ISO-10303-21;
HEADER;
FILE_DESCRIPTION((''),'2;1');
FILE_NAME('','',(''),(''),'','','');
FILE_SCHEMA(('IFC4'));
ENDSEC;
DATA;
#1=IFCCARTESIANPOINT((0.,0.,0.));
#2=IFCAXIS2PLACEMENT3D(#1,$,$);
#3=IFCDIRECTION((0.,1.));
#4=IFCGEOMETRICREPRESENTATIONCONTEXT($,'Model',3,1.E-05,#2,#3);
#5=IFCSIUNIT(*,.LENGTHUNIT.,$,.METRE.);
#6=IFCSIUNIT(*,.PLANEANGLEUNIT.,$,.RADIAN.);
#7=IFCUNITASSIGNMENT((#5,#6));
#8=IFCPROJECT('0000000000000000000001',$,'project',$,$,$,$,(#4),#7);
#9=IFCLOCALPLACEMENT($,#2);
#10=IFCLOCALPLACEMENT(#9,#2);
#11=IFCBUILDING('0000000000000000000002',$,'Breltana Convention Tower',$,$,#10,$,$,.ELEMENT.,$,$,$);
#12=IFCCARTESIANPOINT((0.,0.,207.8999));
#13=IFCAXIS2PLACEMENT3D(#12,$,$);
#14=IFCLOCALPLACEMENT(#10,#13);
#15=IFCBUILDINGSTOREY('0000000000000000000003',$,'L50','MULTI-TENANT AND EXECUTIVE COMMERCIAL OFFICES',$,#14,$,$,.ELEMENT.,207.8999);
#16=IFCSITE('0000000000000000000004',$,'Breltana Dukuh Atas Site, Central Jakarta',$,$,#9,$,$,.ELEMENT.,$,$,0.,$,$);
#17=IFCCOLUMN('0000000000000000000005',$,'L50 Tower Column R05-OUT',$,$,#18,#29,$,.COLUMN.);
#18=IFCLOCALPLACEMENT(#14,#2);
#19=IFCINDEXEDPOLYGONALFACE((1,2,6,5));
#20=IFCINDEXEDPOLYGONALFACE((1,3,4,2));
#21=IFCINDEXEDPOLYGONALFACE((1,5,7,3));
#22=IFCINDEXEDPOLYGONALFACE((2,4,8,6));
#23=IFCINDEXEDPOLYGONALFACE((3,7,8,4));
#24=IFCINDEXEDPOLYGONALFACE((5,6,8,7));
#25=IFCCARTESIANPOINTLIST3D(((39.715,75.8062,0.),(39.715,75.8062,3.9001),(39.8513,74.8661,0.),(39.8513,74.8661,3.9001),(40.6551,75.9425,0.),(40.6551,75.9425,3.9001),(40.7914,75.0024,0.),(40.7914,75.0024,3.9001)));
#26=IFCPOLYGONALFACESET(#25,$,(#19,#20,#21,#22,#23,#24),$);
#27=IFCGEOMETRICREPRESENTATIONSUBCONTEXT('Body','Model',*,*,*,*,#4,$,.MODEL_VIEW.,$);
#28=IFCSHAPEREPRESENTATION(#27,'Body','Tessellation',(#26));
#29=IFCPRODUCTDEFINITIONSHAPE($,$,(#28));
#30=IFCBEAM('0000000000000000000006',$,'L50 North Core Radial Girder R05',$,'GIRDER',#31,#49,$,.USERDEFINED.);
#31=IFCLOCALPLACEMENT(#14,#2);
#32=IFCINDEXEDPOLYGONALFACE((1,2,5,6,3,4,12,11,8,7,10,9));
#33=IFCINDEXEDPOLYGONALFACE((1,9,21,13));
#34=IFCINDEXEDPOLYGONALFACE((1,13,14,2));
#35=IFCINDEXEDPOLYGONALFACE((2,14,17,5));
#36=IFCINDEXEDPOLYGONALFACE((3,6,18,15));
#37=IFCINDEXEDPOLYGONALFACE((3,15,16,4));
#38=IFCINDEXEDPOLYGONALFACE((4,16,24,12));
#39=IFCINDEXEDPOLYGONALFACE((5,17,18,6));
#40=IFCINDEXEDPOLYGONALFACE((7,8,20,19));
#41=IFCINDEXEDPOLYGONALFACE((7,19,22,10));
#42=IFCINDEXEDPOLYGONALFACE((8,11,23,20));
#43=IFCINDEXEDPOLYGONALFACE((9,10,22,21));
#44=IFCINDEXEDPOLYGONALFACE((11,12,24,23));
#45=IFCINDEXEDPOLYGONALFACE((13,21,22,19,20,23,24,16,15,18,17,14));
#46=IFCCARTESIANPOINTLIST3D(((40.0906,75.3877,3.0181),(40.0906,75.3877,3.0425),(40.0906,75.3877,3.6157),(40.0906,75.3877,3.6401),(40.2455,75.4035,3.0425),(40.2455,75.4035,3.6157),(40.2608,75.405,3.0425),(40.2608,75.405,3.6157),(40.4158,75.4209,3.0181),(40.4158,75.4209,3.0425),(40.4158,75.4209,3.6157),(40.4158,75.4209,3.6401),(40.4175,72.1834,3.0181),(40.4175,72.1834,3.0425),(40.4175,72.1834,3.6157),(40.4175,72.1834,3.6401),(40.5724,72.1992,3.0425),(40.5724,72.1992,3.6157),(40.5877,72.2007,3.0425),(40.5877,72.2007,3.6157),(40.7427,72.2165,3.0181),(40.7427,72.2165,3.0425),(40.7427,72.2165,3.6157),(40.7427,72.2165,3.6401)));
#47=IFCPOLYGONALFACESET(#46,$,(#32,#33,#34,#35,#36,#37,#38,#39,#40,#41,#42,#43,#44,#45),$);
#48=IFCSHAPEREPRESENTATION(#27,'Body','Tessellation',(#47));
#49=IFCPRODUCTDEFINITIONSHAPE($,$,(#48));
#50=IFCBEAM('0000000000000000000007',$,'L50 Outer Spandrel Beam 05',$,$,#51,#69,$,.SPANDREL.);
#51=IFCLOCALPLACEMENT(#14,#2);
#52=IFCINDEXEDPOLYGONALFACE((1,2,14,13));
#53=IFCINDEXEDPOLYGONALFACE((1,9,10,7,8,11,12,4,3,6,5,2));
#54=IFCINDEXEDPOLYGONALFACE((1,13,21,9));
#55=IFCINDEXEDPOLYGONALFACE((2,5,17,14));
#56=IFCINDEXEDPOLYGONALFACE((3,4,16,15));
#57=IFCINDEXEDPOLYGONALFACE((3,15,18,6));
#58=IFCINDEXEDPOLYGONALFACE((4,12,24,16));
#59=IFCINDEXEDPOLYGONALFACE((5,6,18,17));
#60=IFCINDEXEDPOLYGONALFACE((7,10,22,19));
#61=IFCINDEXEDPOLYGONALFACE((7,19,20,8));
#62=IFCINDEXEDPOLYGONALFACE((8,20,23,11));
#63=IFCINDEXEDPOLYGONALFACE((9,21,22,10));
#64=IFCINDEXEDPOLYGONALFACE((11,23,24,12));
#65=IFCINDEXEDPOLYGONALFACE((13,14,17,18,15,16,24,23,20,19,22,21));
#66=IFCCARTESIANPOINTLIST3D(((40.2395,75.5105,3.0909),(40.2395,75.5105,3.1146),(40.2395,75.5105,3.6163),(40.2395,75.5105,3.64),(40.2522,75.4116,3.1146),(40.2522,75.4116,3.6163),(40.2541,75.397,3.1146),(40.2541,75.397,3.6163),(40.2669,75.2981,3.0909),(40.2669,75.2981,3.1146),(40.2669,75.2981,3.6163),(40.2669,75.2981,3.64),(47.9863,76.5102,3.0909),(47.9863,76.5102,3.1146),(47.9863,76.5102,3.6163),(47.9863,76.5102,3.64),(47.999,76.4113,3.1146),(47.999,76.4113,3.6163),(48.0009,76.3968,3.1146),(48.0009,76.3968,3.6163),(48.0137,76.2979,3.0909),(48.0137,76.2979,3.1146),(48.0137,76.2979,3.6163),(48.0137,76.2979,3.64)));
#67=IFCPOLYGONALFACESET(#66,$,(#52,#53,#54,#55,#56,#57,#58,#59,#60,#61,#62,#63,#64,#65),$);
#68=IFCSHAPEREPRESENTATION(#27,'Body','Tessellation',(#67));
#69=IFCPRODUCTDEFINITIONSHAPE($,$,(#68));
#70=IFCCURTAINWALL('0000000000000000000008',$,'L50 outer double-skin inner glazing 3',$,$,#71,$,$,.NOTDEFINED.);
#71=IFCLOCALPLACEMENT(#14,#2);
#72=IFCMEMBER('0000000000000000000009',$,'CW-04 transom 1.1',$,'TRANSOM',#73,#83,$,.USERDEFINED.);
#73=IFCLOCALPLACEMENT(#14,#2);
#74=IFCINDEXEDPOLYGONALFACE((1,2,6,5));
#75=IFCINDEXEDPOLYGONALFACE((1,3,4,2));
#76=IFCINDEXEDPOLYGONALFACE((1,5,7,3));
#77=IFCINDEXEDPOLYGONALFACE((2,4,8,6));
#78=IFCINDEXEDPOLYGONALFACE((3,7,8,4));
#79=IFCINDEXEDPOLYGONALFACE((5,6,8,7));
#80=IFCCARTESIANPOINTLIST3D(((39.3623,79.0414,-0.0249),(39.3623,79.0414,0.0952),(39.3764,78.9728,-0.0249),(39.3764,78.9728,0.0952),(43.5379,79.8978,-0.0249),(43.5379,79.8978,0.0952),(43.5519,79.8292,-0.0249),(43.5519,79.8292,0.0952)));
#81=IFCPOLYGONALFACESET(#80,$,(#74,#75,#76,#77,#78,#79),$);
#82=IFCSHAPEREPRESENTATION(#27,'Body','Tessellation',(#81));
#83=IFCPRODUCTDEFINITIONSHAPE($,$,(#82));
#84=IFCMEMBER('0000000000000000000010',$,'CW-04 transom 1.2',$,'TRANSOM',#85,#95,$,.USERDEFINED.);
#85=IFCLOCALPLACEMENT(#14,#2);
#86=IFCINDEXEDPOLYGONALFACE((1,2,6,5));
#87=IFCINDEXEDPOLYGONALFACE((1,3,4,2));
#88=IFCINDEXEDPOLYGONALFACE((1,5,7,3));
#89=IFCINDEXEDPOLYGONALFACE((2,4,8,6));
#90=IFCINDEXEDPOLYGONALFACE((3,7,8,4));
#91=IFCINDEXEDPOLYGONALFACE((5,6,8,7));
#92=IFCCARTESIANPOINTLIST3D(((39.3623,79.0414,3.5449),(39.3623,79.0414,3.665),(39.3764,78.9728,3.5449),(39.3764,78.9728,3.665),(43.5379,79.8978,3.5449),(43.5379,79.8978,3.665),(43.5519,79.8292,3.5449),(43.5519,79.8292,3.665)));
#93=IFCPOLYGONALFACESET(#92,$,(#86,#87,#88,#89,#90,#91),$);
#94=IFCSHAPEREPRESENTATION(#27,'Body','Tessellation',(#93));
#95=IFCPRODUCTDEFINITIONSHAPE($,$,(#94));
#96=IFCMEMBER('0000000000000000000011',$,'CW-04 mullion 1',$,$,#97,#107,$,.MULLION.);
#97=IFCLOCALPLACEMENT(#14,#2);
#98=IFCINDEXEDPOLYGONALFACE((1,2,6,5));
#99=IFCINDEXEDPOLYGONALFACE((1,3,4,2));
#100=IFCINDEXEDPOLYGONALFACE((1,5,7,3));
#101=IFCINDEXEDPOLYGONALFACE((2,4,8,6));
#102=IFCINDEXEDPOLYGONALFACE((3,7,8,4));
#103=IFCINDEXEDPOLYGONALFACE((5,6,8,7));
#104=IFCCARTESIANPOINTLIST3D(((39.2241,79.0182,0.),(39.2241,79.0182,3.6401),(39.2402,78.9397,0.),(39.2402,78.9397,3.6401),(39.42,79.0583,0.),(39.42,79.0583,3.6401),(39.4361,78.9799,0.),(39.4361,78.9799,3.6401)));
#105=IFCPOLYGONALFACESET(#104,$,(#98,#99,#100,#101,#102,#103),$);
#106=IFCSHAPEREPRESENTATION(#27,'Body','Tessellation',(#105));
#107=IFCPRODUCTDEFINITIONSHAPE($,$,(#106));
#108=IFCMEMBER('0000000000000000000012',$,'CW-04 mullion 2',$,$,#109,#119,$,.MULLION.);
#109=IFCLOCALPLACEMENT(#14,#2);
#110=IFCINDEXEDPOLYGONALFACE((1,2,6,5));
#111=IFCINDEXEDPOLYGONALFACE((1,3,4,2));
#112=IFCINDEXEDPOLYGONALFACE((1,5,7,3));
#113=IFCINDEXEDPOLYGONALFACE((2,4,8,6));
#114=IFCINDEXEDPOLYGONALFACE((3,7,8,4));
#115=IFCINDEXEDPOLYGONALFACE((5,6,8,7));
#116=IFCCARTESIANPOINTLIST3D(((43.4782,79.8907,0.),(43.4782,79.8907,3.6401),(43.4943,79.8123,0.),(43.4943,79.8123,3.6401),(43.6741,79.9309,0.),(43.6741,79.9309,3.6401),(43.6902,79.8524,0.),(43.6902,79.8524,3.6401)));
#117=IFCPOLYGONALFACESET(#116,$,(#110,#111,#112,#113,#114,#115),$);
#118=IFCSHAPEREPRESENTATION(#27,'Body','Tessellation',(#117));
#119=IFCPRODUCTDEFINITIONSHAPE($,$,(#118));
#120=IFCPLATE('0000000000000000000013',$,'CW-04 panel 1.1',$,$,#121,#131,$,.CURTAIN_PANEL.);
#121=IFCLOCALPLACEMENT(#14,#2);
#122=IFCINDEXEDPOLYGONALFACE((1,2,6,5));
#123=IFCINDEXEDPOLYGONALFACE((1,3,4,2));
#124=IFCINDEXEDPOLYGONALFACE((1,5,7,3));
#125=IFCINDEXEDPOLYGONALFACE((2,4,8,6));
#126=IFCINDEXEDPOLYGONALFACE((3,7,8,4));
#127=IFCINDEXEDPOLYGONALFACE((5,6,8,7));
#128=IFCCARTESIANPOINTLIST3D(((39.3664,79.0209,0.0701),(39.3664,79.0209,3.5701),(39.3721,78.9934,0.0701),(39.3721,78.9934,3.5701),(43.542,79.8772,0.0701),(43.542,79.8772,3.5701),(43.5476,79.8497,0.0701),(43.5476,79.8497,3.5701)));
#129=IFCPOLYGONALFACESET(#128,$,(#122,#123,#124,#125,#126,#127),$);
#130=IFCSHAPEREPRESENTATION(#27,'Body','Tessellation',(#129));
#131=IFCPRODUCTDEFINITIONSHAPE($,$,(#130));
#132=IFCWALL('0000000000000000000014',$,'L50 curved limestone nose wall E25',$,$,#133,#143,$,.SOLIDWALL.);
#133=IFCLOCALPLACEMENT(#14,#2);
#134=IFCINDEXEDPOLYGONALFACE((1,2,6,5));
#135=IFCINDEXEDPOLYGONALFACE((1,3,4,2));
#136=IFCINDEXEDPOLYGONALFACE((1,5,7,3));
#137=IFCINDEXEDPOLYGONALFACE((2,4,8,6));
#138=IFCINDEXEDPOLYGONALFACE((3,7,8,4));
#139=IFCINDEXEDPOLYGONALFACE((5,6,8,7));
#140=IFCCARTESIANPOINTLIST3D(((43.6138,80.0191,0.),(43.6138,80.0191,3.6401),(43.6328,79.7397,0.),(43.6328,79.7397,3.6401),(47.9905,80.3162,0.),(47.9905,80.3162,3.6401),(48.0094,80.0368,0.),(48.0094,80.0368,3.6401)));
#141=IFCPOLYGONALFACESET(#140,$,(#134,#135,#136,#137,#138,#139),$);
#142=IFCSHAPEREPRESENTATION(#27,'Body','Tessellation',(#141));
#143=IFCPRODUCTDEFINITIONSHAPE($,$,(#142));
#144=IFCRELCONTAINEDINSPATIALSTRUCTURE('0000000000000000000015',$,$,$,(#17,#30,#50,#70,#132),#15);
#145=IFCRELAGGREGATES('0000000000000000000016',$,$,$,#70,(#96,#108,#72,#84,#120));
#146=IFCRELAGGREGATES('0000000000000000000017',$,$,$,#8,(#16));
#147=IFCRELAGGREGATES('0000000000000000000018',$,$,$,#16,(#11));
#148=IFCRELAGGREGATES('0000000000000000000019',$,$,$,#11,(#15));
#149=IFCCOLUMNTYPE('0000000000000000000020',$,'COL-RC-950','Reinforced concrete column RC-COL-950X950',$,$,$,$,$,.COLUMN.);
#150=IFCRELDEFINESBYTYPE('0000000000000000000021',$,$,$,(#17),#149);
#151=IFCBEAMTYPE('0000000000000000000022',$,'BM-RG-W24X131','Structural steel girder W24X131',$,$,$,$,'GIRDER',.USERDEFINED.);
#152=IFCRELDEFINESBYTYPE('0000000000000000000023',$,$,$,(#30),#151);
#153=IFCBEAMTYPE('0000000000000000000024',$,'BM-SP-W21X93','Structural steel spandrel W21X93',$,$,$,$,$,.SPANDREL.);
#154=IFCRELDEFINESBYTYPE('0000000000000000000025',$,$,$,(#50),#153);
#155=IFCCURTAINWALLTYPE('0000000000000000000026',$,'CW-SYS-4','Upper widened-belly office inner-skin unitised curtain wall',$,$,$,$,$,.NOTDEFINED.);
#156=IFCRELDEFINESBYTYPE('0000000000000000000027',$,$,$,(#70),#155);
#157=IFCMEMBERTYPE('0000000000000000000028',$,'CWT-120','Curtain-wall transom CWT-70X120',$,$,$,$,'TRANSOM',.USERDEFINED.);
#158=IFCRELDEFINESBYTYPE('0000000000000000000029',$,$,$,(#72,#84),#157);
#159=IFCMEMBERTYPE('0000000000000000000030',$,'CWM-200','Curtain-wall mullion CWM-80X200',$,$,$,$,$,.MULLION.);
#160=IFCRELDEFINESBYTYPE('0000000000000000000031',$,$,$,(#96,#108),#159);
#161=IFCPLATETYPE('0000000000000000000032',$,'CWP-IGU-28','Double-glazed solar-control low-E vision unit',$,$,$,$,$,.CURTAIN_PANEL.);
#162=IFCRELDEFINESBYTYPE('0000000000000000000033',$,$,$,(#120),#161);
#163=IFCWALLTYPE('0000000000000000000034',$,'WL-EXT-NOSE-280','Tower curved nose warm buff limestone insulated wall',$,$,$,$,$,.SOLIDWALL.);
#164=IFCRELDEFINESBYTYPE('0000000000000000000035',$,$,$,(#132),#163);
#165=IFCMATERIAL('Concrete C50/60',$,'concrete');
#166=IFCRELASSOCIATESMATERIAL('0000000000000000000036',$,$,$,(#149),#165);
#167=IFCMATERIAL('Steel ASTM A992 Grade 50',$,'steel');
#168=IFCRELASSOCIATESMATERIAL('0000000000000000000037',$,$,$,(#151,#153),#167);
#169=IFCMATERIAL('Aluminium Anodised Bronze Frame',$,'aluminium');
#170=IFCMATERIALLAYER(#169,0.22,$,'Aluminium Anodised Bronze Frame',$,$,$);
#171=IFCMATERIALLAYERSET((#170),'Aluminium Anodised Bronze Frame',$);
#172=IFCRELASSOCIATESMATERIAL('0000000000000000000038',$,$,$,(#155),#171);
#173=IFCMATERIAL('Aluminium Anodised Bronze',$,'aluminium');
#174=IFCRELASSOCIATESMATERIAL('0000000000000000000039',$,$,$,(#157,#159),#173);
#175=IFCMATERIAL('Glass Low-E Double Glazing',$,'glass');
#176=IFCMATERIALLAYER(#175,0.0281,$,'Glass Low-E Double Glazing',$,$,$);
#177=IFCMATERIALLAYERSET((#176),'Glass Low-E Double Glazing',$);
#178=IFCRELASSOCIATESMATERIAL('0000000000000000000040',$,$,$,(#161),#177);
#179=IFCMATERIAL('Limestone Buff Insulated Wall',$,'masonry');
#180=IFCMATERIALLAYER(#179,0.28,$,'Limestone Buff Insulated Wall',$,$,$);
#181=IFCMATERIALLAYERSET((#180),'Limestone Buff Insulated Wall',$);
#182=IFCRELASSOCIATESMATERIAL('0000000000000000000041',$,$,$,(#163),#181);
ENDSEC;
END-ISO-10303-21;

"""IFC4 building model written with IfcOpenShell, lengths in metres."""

from ifc_helpers import new_model, si_unit, direction, frame, frame_2d, origin, origin_2d, place, context, subcontext, project, spatial, rectangle, i_section, extrude, source, transform, mapped, material, layer, layer_set, material_profile, profile_set, type_object, element, aggregate, save


model = new_model("IFC4")

# Units and contexts
model_context = context("Model", 3, precision=1e-05, world=origin(), true_north=direction((0.0, 1.0)))
body_context = subcontext(model_context, "Body", "Model", "MODEL_VIEW")
ifc_project = project(units=[si_unit("LENGTHUNIT", "METRE"), si_unit("PLANEANGLEUNIT", "RADIAN")], contexts=[model_context])

# Site, building, storey
site_placement = place(None, origin())
site = spatial("IfcSite", under=ifc_project, at=site_placement, Name="Breltana Dukuh Atas Site, Central Jakarta", CompositionType="ELEMENT", RefElevation=0.0)
building_placement = place(site_placement, origin())
building = spatial("IfcBuilding", under=site, at=building_placement, Name="Breltana Convention Tower", CompositionType="ELEMENT")
storey_placement = place(building_placement, frame((0.0, 0.0, 207.8999)))
storey = spatial("IfcBuildingStorey", under=building, at=storey_placement, Name="L50", Description="MULTI-TENANT AND EXECUTIVE COMMERCIAL OFFICES", CompositionType="ELEMENT", Elevation=207.8999)

# Column
ifc_material_1 = material(Name="Concrete C50/60", Category="concrete")
ifc_material_profile_1 = material_profile(ifc_material_1, rectangle(XDim=0.95, YDim=0.95, at=origin_2d()), Name="RC-COL-950X950")
ifc_profile_set_1 = profile_set([ifc_material_profile_1], Name="Concrete C50/60")
column_type = type_object("IfcColumnType", Name="COL-RC-950", Description="Reinforced concrete column RC-COL-950X950", PredefinedType="COLUMN", material=ifc_profile_set_1)
shared_shape_1 = source(origin(), body_context, "Body", "SweptSolid", [
    extrude(rectangle(XDim=0.95, YDim=0.95, at=origin_2d()), origin(), (0.0, 0.0, 1.0), 3.9001),
])
column_placement = place(storey_placement, frame((40.2532, 75.4043, 0.0), z_axis=(0.0, 0.0, 1.0), x_axis=(-0.143493, 0.989651, 0.0)))
element("IfcColumn", 1, at=column_placement, inside=storey, type_object=column_type, Name="L50 Tower Column R05-OUT", PredefinedType="COLUMN", context=body_context, shape_type="MappedRepresentation", body=[
    mapped(shared_shape_1, transform((0.0, 0.0, 0.0), scale=1.0)),
])

# Beams
ifc_material_2 = material(Name="Steel ASTM A992 Grade 50", Category="steel")
ifc_material_profile_2 = material_profile(ifc_material_2, i_section(OverallWidth=0.3269, OverallDepth=0.6221, WebThickness=0.0154, FlangeThickness=0.0244, at=origin_2d()), Name="W24X131")
ifc_profile_set_2 = profile_set([ifc_material_profile_2], Name="Steel ASTM A992 Grade 50")
beam_type_1 = type_object("IfcBeamType", Name="BM-RG-W24X131", Description="Structural steel girder W24X131", ElementType="GIRDER", PredefinedType="USERDEFINED", material=ifc_profile_set_2)
shared_shape_2 = source(origin(), body_context, "Body", "SweptSolid", [
    extrude(i_section(OverallWidth=0.3269, OverallDepth=0.6221, WebThickness=0.0154, FlangeThickness=0.0244, at=origin_2d()), origin(), (0.0, 0.0, 1.0), 3.2209),
])
beam_1_placement = place(storey_placement, frame((40.5801, 72.2, 3.3291), z_axis=(-0.101492, 0.994836, 0.0), x_axis=(-0.994836, -0.101492, 0.0)))
element("IfcBeam", 2, at=beam_1_placement, inside=storey, type_object=beam_type_1, Name="L50 North Core Radial Girder R05", ObjectType="GIRDER", PredefinedType="USERDEFINED", context=body_context, shape_type="MappedRepresentation", body=[
    mapped(shared_shape_2, transform((0.0, 0.0, 0.0), scale=1.0)),
])
ifc_material_profile_3 = material_profile(ifc_material_2, i_section(OverallWidth=0.2141, OverallDepth=0.5491, WebThickness=0.0146, FlangeThickness=0.0237, at=origin_2d()), Name="W21X93")
ifc_profile_set_3 = profile_set([ifc_material_profile_3], Name="Steel ASTM A992 Grade 50")
beam_type_2 = type_object("IfcBeamType", Name="BM-SP-W21X93", Description="Structural steel spandrel W21X93", PredefinedType="SPANDREL", material=ifc_profile_set_3)
shared_shape_3 = source(origin(), body_context, "Body", "SweptSolid", [
    extrude(i_section(OverallWidth=0.2141, OverallDepth=0.5491, WebThickness=0.0146, FlangeThickness=0.0237, at=origin_2d()), origin(), (0.0, 0.0, 1.0), 7.811),
])
beam_2_placement = place(storey_placement, frame((40.2532, 75.4043, 3.3655), z_axis=(0.991775, 0.127992, 0.0), x_axis=(-0.127992, 0.991775, 0.0)))
element("IfcBeam", 3, at=beam_2_placement, inside=storey, type_object=beam_type_2, Name="L50 Outer Spandrel Beam 05", PredefinedType="SPANDREL", context=body_context, shape_type="MappedRepresentation", body=[
    mapped(shared_shape_3, transform((0.0, 0.0, 0.0), scale=1.0)),
])

# Curtain wall, members, plate
ifc_material_3 = material(Name="Aluminium Anodised Bronze Frame", Category="aluminium")
ifc_layer_1 = layer(ifc_material_3, 0.22, Name="Aluminium Anodised Bronze Frame")
ifc_layer_set_1 = layer_set([ifc_layer_1], Name="Aluminium Anodised Bronze Frame")
curtain_wall_type = type_object("IfcCurtainWallType", Name="CW-SYS-4", Description="Upper widened-belly office inner-skin unitised curtain wall", PredefinedType="NOTDEFINED", material=ifc_layer_set_1)
curtain_wall_placement = place(storey_placement, origin())
curtain_wall = element("IfcCurtainWall", 4, at=curtain_wall_placement, inside=storey, type_object=curtain_wall_type, Name="L50 outer double-skin inner glazing 3", PredefinedType="NOTDEFINED")
ifc_material_4 = material(Name="Aluminium Anodised Bronze", Category="aluminium")
ifc_material_profile_4 = material_profile(ifc_material_4, rectangle(XDim=0.0701, YDim=0.1201, at=origin_2d()), Name="CWT-70X120")
ifc_profile_set_4 = profile_set([ifc_material_profile_4], Name="Aluminium Anodised Bronze")
member_type_1 = type_object("IfcMemberType", Name="CWT-120", Description="Curtain-wall transom CWT-70X120", ElementType="TRANSOM", PredefinedType="USERDEFINED", material=ifc_profile_set_4)
shared_shape_4 = source(origin(), body_context, "Body", "SweptSolid", [
    extrude(rectangle(XDim=0.0701, YDim=0.1201, at=origin_2d()), origin(), (0.0, 0.0, 1.0), 4.2625),
])
member_1_placement = place(storey_placement, frame((39.3694, 79.0071, 0.0352), z_axis=(0.979606, 0.200927, 0.0), x_axis=(-0.200927, 0.979606, 0.0)))
member_1 = element("IfcMember", 5, at=member_1_placement, type_object=member_type_1, Name="CW-04 transom 1.1", ObjectType="TRANSOM", PredefinedType="USERDEFINED", context=body_context, shape_type="MappedRepresentation", body=[
    mapped(shared_shape_4, transform((0.0, 0.0, 0.0), scale=1.0)),
])
member_2_placement = place(storey_placement, frame((39.3694, 79.0071, 3.605), z_axis=(0.979606, 0.200927, 0.0), x_axis=(-0.200927, 0.979606, 0.0)))
member_2 = element("IfcMember", 6, at=member_2_placement, type_object=member_type_1, Name="CW-04 transom 1.2", ObjectType="TRANSOM", PredefinedType="USERDEFINED", context=body_context, shape_type="MappedRepresentation", body=[
    mapped(shared_shape_4, transform((0.0, 0.0, 0.0), scale=1.0)),
])
ifc_material_profile_5 = material_profile(ifc_material_4, rectangle(XDim=0.0801, YDim=0.2, at=origin_2d()), Name="CWM-80X200")
ifc_profile_set_5 = profile_set([ifc_material_profile_5], Name="Aluminium Anodised Bronze")
member_type_2 = type_object("IfcMemberType", Name="CWM-200", Description="Curtain-wall mullion CWM-80X200", PredefinedType="MULLION", material=ifc_profile_set_5)
shared_shape_5 = source(origin(), body_context, "Body", "SweptSolid", [
    extrude(rectangle(XDim=0.0801, YDim=0.2, at=origin_2d()), origin(), (0.0, 0.0, 1.0), 3.6401),
])
member_3_placement = place(storey_placement, frame((39.3301, 78.999, 0.0), z_axis=(0.0, 0.0, 1.0), x_axis=(-0.20088, 0.979616, 0.0)))
member_3 = element("IfcMember", 7, at=member_3_placement, type_object=member_type_2, Name="CW-04 mullion 1", PredefinedType="MULLION", context=body_context, shape_type="MappedRepresentation", body=[
    mapped(shared_shape_5, transform((0.0, 0.0, 0.0), scale=1.0)),
])
member_4_placement = place(storey_placement, frame((43.5842, 79.8716, 0.0), z_axis=(0.0, 0.0, 1.0), x_axis=(-0.20088, 0.979616, 0.0)))
member_4 = element("IfcMember", 8, at=member_4_placement, type_object=member_type_2, Name="CW-04 mullion 2", PredefinedType="MULLION", context=body_context, shape_type="MappedRepresentation", body=[
    mapped(shared_shape_5, transform((0.0, 0.0, 0.0), scale=1.0)),
])
ifc_material_5 = material(Name="Glass Low-E Double Glazing", Category="glass")
ifc_layer_2 = layer(ifc_material_5, 0.0281, Name="Glass Low-E Double Glazing")
ifc_layer_set_2 = layer_set([ifc_layer_2], Name="Glass Low-E Double Glazing")
plate_type = type_object("IfcPlateType", Name="CWP-IGU-28", Description="Double-glazed solar-control low-E vision unit", PredefinedType="CURTAIN_PANEL", material=ifc_layer_set_2)
shared_shape_6 = source(origin(), body_context, "Body", "SweptSolid", [
    extrude(rectangle(XDim=4.2625, YDim=0.0281, at=origin_2d()), origin(), (0.0, 0.0, 1.0), 3.5),
])
plate_placement = place(storey_placement, frame((41.457, 79.4353, 0.0701), z_axis=(0.0, 0.0, 1.0), x_axis=(0.979616, 0.20088, 0.0)))
plate = element("IfcPlate", 9, at=plate_placement, type_object=plate_type, Name="CW-04 panel 1.1", PredefinedType="CURTAIN_PANEL", context=body_context, shape_type="MappedRepresentation", body=[
    mapped(shared_shape_6, transform((0.0, 0.0, 0.0), scale=1.0)),
])
aggregate(curtain_wall, [member_3, member_4, member_1, member_2, plate])

# Wall
ifc_material_6 = material(Name="Limestone Buff Insulated Wall", Category="masonry")
ifc_layer_3 = layer(ifc_material_6, 0.28, Name="Limestone Buff Insulated Wall")
ifc_layer_set_3 = layer_set([ifc_layer_3], Name="Limestone Buff Insulated Wall")
wall_type_1 = type_object("IfcWallType", Name="WL-EXT-NOSE-280", Description="Tower curved nose warm buff limestone insulated wall", PredefinedType="SOLIDWALL", material=ifc_layer_set_3)
shared_shape_7 = source(origin(), body_context, "Body", "SweptSolid", [
    extrude(rectangle(XDim=4.3867, YDim=0.28, at=frame_2d((2.1934, 0.0))), origin(), (0.0, 0.0, 1.0), 3.6401),
])
wall_1_placement = place(storey_placement, frame((43.6233, 79.8794, 0.0), z_axis=(0.0, 0.0, 1.0), x_axis=(0.997704, 0.067731, 0.0)))
element("IfcWall", 10, at=wall_1_placement, inside=storey, type_object=wall_type_1, Name="L50 curved limestone nose wall E25", PredefinedType="SOLIDWALL", context=body_context, shape_type="MappedRepresentation", body=[
    mapped(shared_shape_7, transform((0.0, 0.0, 0.0), scale=1.0)),
])

save(model, "model.ifc")
